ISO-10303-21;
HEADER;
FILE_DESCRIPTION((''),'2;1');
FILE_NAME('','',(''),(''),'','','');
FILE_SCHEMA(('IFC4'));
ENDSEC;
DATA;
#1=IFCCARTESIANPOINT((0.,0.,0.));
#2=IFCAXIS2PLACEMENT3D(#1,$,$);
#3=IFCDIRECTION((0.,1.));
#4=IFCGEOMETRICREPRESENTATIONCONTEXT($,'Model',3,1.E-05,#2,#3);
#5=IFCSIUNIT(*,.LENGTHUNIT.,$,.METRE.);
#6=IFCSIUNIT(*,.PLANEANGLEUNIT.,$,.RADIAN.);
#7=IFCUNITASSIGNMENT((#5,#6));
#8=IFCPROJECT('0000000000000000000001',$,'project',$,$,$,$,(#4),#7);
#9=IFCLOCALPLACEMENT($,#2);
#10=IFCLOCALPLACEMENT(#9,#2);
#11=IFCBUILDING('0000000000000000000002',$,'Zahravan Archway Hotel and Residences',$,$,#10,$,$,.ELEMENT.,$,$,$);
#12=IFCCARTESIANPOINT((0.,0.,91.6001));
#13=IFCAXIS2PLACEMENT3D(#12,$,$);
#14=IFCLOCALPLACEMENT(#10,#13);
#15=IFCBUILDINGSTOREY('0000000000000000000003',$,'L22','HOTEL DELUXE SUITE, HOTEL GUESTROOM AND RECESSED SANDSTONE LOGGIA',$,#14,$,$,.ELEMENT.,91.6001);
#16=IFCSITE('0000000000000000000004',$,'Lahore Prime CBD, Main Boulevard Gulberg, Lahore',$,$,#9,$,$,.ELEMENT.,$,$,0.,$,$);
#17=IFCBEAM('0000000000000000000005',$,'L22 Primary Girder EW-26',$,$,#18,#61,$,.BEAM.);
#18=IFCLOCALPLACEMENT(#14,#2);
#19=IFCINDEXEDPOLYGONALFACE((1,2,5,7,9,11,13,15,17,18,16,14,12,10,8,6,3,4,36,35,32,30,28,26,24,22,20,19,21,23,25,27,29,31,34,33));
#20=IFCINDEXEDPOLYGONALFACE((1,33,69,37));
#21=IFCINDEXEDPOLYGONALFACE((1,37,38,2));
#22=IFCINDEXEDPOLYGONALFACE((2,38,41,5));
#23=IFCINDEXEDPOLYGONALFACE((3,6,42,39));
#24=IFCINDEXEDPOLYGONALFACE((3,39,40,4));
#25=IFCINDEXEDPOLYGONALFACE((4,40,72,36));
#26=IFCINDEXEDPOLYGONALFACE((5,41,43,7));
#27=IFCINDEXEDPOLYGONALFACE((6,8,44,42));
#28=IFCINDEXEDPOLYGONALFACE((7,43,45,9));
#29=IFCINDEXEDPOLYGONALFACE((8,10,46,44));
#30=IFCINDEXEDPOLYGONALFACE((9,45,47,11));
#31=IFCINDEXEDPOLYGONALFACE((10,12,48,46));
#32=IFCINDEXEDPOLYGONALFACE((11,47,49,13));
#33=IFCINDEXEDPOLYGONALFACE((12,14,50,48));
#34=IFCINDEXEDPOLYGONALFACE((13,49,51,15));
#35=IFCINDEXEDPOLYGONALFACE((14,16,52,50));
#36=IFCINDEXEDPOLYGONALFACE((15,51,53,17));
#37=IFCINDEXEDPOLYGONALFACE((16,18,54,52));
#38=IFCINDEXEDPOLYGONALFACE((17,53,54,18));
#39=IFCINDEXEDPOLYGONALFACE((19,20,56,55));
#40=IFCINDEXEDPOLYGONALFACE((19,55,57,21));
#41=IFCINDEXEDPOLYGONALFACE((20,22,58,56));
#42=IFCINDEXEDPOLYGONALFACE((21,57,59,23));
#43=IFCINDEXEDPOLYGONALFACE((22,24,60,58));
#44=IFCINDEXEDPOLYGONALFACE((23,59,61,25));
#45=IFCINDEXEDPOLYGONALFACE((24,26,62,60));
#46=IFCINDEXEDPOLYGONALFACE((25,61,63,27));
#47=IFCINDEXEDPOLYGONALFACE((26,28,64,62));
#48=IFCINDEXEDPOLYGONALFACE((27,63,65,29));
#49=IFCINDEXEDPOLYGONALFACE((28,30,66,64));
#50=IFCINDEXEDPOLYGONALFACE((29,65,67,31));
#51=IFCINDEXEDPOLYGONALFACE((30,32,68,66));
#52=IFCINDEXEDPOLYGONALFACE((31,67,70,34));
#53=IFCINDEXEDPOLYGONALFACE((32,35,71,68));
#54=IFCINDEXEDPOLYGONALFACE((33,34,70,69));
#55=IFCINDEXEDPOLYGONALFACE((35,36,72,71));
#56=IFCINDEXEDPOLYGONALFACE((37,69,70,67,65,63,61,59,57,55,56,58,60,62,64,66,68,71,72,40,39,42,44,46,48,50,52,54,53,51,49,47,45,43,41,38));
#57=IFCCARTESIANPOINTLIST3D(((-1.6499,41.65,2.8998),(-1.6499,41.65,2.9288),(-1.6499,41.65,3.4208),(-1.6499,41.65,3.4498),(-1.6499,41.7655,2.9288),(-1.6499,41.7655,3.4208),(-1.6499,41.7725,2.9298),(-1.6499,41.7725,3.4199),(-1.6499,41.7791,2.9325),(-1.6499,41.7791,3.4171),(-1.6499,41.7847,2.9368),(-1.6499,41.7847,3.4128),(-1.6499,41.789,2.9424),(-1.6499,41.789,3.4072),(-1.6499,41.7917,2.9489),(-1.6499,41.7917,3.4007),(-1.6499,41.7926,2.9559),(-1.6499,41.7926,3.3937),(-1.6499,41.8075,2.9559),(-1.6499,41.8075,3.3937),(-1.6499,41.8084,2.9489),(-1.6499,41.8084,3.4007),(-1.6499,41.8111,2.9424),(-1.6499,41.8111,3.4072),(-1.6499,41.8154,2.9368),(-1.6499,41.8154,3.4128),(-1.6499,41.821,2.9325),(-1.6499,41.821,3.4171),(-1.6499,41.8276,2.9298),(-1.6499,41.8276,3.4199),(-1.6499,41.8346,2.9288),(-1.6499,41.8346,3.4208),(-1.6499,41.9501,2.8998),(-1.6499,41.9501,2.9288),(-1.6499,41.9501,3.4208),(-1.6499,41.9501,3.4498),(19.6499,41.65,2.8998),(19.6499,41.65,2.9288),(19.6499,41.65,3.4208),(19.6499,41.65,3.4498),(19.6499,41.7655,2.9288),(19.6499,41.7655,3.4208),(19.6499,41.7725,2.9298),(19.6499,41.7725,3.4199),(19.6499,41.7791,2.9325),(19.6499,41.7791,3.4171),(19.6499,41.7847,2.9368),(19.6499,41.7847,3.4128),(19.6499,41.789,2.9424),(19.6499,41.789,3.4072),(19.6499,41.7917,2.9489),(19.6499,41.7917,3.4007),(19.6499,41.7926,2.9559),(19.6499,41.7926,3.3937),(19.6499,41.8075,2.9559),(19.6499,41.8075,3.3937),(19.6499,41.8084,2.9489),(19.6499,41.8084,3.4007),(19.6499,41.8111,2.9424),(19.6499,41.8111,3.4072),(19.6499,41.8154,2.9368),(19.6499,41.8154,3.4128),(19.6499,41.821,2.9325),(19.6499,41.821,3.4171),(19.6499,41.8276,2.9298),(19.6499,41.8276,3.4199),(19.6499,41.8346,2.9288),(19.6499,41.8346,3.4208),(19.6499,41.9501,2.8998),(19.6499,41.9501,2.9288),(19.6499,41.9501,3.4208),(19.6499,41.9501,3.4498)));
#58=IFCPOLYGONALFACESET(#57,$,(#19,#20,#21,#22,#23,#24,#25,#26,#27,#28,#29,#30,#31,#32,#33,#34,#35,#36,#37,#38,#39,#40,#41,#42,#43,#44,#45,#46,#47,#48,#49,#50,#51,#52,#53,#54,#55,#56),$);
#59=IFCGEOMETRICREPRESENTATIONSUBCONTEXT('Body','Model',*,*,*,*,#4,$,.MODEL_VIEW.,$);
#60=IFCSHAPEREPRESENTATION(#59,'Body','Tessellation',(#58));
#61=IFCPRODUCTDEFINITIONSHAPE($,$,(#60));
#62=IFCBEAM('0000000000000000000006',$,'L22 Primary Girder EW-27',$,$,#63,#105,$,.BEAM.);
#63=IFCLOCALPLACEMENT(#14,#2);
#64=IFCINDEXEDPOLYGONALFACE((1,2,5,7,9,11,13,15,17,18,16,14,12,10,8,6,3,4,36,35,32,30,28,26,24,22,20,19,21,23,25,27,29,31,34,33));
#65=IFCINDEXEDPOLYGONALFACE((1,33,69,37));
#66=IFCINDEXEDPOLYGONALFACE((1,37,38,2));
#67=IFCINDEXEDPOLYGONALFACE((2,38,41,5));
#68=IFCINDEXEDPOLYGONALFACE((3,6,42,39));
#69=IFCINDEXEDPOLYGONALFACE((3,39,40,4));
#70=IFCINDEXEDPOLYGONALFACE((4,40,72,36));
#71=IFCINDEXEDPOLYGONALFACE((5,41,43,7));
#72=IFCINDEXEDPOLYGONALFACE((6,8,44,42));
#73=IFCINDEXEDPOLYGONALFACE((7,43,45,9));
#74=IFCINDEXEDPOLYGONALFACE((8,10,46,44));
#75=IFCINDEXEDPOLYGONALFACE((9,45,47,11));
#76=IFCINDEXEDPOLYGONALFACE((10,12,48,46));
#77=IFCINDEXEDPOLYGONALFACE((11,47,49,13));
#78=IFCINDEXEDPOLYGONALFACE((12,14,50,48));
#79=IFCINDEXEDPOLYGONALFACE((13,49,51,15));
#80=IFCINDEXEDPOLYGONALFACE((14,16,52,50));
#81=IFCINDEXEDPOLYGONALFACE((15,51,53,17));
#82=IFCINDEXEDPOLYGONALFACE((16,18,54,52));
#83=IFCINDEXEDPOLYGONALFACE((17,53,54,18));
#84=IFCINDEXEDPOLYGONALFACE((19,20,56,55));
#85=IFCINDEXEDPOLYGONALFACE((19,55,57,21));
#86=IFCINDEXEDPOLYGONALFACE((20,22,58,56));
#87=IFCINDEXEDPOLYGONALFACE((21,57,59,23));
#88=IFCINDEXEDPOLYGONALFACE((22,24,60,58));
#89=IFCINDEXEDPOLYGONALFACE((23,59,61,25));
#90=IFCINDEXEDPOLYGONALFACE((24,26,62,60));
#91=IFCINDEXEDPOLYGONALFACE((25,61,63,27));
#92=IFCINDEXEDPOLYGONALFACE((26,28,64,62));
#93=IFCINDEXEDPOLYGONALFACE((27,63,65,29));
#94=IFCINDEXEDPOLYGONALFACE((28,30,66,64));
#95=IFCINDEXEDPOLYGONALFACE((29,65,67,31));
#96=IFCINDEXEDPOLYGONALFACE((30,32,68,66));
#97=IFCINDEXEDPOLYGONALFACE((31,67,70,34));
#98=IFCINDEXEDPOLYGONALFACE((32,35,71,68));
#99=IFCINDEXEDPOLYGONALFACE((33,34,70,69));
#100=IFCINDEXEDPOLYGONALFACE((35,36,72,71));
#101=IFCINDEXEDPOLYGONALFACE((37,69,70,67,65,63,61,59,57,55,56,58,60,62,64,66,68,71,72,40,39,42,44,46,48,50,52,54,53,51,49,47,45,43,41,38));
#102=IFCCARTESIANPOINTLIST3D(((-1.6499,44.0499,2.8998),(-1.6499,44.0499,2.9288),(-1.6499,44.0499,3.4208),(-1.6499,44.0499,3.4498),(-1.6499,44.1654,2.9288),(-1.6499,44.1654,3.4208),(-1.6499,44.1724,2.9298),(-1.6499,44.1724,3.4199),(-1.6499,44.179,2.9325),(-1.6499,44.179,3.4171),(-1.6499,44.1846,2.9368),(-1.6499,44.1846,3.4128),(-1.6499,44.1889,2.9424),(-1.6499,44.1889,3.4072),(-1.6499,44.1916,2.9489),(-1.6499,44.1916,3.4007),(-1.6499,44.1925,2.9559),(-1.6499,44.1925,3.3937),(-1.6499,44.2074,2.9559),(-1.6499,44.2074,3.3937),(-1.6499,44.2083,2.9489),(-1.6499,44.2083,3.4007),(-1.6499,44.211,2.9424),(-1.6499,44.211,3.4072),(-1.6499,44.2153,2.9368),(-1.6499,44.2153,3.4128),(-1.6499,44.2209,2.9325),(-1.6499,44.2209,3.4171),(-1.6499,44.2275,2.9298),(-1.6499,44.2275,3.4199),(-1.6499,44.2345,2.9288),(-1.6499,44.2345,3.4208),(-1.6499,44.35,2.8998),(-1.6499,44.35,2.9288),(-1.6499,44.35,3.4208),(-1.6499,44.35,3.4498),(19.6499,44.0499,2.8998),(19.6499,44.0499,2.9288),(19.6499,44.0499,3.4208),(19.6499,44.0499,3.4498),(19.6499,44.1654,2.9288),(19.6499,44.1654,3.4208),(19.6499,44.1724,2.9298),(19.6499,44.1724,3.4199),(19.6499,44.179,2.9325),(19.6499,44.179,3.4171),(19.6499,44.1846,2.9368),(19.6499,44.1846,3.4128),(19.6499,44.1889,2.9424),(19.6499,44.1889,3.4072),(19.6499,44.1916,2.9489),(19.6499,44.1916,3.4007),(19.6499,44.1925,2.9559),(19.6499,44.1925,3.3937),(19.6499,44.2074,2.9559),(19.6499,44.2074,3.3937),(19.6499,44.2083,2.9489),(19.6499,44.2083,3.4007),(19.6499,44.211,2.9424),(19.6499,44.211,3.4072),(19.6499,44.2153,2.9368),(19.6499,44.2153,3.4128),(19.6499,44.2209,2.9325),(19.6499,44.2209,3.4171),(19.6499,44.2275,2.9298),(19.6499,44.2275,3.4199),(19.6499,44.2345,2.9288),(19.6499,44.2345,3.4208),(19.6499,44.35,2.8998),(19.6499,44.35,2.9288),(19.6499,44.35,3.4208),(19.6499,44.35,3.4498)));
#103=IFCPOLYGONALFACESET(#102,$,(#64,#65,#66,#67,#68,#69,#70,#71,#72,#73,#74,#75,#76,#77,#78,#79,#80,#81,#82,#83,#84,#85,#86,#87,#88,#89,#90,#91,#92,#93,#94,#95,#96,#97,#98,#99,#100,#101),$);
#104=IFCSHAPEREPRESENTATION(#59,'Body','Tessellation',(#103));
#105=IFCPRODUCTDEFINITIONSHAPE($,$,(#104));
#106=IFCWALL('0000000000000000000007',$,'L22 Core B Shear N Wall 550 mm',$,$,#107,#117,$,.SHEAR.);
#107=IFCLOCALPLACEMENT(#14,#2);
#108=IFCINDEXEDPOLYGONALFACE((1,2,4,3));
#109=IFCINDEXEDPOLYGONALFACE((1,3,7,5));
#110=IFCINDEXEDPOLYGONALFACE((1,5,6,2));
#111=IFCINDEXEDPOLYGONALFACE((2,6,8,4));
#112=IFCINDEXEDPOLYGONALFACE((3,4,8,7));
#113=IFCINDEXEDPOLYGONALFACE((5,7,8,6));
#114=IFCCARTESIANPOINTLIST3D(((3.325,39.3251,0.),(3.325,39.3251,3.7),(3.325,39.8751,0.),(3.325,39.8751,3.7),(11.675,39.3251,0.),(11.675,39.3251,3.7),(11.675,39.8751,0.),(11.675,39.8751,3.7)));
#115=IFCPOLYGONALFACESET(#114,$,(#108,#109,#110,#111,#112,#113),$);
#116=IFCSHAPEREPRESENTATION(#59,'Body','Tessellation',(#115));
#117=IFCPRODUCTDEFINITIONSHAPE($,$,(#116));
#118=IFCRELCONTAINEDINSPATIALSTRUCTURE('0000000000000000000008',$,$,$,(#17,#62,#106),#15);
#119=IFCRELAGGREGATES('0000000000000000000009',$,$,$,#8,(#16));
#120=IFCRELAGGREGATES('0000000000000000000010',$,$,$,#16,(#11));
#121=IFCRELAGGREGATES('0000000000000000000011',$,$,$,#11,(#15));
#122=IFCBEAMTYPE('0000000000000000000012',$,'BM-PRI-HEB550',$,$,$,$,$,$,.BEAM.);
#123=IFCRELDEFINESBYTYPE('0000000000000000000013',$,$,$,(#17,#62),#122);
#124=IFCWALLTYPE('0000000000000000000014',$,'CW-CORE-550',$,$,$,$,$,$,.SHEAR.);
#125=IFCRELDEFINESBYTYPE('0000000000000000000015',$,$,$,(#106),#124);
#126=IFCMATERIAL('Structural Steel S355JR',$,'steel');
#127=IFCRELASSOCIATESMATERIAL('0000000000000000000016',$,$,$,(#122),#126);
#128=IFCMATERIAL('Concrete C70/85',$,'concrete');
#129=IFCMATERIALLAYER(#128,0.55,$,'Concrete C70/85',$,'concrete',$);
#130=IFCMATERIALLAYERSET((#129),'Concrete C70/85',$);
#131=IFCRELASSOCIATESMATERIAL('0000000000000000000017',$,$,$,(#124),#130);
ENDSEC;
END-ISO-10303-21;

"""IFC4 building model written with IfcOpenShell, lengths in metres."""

from ifc_helpers import new_model, si_unit, direction, frame, frame_2d, origin, origin_2d, place, context, subcontext, project, spatial, rectangle, i_section, extrude, source, transform, mapped, material, layer, layer_set, material_profile, profile_set, type_object, element, save


model = new_model("IFC4")

# Units and contexts
model_context = context("Model", 3, precision=1e-05, world=origin(), true_north=direction((0.0, 1.0)))
body_context = subcontext(model_context, "Body", "Model", "MODEL_VIEW")
ifc_project = project(units=[si_unit("LENGTHUNIT", "METRE"), si_unit("PLANEANGLEUNIT", "RADIAN")], contexts=[model_context])

# Site, building, storey
site_placement = place(None, origin())
site = spatial("IfcSite", under=ifc_project, at=site_placement, Name="Lahore Prime CBD, Main Boulevard Gulberg, Lahore", CompositionType="ELEMENT", RefElevation=0.0)
building_placement = place(site_placement, origin())
building = spatial("IfcBuilding", under=site, at=building_placement, Name="Zahravan Archway Hotel and Residences", CompositionType="ELEMENT")
storey_placement = place(building_placement, frame((0.0, 0.0, 91.6001)))
storey = spatial("IfcBuildingStorey", under=building, at=storey_placement, Name="L22", Description="HOTEL DELUXE SUITE, HOTEL GUESTROOM AND RECESSED SANDSTONE LOGGIA", CompositionType="ELEMENT", Elevation=91.6001)

# Shared definitions
ifc_material_1 = material(Name="Concrete C70/85", Category="concrete")

# Beams
ifc_material_2 = material(Name="Structural Steel S355JR", Category="steel")
ifc_material_profile_1 = material_profile(ifc_material_2, i_section(OverallWidth=0.3, OverallDepth=0.55, WebThickness=0.0149, FlangeThickness=0.0291, FilletRadius=0.0271, at=origin_2d()), Name="HEB 550", Category="steel")
ifc_profile_set_1 = profile_set([ifc_material_profile_1], Name="Structural Steel S355JR")
beam_type_1 = type_object("IfcBeamType", Name="BM-PRI-HEB550", PredefinedType="BEAM", material=ifc_profile_set_1)
shared_shape_1 = source(origin(), body_context, "Body", "SweptSolid", [
    extrude(i_section(OverallWidth=0.3, OverallDepth=0.55, WebThickness=0.0149, FlangeThickness=0.0291, FilletRadius=0.0271, at=origin_2d()), origin(), (0.0, 0.0, 1.0), 21.2998),
])
for number, where, z_axis, x_axis, name in (
    (1, (-1.6499, 41.8, 3.1748), (1.0, 0.0, 0.0), (0.0, 1.0, 0.0), "L22 Primary Girder EW-26"),
    (2, (-1.6499, 44.2, 3.1748), (1.0, 0.0, 0.0), (0.0, 1.0, 0.0), "L22 Primary Girder EW-27"),
):
    element("IfcBeam", number, at=place(storey_placement, frame(where, z_axis=z_axis, x_axis=x_axis)), inside=storey, type_object=beam_type_1, Name=name, PredefinedType="BEAM", context=body_context, shape_type="MappedRepresentation", body=[
        mapped(shared_shape_1, transform((0.0, 0.0, 0.0), scale=1.0)),
    ])

# Wall
ifc_layer_1 = layer(ifc_material_1, 0.55, Name="Concrete C70/85", Category="concrete")
ifc_layer_set_1 = layer_set([ifc_layer_1], Name="Concrete C70/85")
wall_type_1 = type_object("IfcWallType", Name="CW-CORE-550", PredefinedType="SHEAR", material=ifc_layer_set_1)
wall_1_placement = place(storey_placement, frame((3.325, 39.6001, 0.0), z_axis=(0.0, 0.0, 1.0), x_axis=(1.0, 0.0, 0.0)))
element("IfcWall", 3, at=wall_1_placement, inside=storey, type_object=wall_type_1, Name="L22 Core B Shear N Wall 550 mm", PredefinedType="SHEAR", context=body_context, shape_type="SweptSolid", body=[
    extrude(rectangle(XDim=8.3501, YDim=0.55, at=frame_2d((4.175, 0.0))), origin(), (0.0, 0.0, 1.0), 3.7),
])

save(model, "model.ifc")
